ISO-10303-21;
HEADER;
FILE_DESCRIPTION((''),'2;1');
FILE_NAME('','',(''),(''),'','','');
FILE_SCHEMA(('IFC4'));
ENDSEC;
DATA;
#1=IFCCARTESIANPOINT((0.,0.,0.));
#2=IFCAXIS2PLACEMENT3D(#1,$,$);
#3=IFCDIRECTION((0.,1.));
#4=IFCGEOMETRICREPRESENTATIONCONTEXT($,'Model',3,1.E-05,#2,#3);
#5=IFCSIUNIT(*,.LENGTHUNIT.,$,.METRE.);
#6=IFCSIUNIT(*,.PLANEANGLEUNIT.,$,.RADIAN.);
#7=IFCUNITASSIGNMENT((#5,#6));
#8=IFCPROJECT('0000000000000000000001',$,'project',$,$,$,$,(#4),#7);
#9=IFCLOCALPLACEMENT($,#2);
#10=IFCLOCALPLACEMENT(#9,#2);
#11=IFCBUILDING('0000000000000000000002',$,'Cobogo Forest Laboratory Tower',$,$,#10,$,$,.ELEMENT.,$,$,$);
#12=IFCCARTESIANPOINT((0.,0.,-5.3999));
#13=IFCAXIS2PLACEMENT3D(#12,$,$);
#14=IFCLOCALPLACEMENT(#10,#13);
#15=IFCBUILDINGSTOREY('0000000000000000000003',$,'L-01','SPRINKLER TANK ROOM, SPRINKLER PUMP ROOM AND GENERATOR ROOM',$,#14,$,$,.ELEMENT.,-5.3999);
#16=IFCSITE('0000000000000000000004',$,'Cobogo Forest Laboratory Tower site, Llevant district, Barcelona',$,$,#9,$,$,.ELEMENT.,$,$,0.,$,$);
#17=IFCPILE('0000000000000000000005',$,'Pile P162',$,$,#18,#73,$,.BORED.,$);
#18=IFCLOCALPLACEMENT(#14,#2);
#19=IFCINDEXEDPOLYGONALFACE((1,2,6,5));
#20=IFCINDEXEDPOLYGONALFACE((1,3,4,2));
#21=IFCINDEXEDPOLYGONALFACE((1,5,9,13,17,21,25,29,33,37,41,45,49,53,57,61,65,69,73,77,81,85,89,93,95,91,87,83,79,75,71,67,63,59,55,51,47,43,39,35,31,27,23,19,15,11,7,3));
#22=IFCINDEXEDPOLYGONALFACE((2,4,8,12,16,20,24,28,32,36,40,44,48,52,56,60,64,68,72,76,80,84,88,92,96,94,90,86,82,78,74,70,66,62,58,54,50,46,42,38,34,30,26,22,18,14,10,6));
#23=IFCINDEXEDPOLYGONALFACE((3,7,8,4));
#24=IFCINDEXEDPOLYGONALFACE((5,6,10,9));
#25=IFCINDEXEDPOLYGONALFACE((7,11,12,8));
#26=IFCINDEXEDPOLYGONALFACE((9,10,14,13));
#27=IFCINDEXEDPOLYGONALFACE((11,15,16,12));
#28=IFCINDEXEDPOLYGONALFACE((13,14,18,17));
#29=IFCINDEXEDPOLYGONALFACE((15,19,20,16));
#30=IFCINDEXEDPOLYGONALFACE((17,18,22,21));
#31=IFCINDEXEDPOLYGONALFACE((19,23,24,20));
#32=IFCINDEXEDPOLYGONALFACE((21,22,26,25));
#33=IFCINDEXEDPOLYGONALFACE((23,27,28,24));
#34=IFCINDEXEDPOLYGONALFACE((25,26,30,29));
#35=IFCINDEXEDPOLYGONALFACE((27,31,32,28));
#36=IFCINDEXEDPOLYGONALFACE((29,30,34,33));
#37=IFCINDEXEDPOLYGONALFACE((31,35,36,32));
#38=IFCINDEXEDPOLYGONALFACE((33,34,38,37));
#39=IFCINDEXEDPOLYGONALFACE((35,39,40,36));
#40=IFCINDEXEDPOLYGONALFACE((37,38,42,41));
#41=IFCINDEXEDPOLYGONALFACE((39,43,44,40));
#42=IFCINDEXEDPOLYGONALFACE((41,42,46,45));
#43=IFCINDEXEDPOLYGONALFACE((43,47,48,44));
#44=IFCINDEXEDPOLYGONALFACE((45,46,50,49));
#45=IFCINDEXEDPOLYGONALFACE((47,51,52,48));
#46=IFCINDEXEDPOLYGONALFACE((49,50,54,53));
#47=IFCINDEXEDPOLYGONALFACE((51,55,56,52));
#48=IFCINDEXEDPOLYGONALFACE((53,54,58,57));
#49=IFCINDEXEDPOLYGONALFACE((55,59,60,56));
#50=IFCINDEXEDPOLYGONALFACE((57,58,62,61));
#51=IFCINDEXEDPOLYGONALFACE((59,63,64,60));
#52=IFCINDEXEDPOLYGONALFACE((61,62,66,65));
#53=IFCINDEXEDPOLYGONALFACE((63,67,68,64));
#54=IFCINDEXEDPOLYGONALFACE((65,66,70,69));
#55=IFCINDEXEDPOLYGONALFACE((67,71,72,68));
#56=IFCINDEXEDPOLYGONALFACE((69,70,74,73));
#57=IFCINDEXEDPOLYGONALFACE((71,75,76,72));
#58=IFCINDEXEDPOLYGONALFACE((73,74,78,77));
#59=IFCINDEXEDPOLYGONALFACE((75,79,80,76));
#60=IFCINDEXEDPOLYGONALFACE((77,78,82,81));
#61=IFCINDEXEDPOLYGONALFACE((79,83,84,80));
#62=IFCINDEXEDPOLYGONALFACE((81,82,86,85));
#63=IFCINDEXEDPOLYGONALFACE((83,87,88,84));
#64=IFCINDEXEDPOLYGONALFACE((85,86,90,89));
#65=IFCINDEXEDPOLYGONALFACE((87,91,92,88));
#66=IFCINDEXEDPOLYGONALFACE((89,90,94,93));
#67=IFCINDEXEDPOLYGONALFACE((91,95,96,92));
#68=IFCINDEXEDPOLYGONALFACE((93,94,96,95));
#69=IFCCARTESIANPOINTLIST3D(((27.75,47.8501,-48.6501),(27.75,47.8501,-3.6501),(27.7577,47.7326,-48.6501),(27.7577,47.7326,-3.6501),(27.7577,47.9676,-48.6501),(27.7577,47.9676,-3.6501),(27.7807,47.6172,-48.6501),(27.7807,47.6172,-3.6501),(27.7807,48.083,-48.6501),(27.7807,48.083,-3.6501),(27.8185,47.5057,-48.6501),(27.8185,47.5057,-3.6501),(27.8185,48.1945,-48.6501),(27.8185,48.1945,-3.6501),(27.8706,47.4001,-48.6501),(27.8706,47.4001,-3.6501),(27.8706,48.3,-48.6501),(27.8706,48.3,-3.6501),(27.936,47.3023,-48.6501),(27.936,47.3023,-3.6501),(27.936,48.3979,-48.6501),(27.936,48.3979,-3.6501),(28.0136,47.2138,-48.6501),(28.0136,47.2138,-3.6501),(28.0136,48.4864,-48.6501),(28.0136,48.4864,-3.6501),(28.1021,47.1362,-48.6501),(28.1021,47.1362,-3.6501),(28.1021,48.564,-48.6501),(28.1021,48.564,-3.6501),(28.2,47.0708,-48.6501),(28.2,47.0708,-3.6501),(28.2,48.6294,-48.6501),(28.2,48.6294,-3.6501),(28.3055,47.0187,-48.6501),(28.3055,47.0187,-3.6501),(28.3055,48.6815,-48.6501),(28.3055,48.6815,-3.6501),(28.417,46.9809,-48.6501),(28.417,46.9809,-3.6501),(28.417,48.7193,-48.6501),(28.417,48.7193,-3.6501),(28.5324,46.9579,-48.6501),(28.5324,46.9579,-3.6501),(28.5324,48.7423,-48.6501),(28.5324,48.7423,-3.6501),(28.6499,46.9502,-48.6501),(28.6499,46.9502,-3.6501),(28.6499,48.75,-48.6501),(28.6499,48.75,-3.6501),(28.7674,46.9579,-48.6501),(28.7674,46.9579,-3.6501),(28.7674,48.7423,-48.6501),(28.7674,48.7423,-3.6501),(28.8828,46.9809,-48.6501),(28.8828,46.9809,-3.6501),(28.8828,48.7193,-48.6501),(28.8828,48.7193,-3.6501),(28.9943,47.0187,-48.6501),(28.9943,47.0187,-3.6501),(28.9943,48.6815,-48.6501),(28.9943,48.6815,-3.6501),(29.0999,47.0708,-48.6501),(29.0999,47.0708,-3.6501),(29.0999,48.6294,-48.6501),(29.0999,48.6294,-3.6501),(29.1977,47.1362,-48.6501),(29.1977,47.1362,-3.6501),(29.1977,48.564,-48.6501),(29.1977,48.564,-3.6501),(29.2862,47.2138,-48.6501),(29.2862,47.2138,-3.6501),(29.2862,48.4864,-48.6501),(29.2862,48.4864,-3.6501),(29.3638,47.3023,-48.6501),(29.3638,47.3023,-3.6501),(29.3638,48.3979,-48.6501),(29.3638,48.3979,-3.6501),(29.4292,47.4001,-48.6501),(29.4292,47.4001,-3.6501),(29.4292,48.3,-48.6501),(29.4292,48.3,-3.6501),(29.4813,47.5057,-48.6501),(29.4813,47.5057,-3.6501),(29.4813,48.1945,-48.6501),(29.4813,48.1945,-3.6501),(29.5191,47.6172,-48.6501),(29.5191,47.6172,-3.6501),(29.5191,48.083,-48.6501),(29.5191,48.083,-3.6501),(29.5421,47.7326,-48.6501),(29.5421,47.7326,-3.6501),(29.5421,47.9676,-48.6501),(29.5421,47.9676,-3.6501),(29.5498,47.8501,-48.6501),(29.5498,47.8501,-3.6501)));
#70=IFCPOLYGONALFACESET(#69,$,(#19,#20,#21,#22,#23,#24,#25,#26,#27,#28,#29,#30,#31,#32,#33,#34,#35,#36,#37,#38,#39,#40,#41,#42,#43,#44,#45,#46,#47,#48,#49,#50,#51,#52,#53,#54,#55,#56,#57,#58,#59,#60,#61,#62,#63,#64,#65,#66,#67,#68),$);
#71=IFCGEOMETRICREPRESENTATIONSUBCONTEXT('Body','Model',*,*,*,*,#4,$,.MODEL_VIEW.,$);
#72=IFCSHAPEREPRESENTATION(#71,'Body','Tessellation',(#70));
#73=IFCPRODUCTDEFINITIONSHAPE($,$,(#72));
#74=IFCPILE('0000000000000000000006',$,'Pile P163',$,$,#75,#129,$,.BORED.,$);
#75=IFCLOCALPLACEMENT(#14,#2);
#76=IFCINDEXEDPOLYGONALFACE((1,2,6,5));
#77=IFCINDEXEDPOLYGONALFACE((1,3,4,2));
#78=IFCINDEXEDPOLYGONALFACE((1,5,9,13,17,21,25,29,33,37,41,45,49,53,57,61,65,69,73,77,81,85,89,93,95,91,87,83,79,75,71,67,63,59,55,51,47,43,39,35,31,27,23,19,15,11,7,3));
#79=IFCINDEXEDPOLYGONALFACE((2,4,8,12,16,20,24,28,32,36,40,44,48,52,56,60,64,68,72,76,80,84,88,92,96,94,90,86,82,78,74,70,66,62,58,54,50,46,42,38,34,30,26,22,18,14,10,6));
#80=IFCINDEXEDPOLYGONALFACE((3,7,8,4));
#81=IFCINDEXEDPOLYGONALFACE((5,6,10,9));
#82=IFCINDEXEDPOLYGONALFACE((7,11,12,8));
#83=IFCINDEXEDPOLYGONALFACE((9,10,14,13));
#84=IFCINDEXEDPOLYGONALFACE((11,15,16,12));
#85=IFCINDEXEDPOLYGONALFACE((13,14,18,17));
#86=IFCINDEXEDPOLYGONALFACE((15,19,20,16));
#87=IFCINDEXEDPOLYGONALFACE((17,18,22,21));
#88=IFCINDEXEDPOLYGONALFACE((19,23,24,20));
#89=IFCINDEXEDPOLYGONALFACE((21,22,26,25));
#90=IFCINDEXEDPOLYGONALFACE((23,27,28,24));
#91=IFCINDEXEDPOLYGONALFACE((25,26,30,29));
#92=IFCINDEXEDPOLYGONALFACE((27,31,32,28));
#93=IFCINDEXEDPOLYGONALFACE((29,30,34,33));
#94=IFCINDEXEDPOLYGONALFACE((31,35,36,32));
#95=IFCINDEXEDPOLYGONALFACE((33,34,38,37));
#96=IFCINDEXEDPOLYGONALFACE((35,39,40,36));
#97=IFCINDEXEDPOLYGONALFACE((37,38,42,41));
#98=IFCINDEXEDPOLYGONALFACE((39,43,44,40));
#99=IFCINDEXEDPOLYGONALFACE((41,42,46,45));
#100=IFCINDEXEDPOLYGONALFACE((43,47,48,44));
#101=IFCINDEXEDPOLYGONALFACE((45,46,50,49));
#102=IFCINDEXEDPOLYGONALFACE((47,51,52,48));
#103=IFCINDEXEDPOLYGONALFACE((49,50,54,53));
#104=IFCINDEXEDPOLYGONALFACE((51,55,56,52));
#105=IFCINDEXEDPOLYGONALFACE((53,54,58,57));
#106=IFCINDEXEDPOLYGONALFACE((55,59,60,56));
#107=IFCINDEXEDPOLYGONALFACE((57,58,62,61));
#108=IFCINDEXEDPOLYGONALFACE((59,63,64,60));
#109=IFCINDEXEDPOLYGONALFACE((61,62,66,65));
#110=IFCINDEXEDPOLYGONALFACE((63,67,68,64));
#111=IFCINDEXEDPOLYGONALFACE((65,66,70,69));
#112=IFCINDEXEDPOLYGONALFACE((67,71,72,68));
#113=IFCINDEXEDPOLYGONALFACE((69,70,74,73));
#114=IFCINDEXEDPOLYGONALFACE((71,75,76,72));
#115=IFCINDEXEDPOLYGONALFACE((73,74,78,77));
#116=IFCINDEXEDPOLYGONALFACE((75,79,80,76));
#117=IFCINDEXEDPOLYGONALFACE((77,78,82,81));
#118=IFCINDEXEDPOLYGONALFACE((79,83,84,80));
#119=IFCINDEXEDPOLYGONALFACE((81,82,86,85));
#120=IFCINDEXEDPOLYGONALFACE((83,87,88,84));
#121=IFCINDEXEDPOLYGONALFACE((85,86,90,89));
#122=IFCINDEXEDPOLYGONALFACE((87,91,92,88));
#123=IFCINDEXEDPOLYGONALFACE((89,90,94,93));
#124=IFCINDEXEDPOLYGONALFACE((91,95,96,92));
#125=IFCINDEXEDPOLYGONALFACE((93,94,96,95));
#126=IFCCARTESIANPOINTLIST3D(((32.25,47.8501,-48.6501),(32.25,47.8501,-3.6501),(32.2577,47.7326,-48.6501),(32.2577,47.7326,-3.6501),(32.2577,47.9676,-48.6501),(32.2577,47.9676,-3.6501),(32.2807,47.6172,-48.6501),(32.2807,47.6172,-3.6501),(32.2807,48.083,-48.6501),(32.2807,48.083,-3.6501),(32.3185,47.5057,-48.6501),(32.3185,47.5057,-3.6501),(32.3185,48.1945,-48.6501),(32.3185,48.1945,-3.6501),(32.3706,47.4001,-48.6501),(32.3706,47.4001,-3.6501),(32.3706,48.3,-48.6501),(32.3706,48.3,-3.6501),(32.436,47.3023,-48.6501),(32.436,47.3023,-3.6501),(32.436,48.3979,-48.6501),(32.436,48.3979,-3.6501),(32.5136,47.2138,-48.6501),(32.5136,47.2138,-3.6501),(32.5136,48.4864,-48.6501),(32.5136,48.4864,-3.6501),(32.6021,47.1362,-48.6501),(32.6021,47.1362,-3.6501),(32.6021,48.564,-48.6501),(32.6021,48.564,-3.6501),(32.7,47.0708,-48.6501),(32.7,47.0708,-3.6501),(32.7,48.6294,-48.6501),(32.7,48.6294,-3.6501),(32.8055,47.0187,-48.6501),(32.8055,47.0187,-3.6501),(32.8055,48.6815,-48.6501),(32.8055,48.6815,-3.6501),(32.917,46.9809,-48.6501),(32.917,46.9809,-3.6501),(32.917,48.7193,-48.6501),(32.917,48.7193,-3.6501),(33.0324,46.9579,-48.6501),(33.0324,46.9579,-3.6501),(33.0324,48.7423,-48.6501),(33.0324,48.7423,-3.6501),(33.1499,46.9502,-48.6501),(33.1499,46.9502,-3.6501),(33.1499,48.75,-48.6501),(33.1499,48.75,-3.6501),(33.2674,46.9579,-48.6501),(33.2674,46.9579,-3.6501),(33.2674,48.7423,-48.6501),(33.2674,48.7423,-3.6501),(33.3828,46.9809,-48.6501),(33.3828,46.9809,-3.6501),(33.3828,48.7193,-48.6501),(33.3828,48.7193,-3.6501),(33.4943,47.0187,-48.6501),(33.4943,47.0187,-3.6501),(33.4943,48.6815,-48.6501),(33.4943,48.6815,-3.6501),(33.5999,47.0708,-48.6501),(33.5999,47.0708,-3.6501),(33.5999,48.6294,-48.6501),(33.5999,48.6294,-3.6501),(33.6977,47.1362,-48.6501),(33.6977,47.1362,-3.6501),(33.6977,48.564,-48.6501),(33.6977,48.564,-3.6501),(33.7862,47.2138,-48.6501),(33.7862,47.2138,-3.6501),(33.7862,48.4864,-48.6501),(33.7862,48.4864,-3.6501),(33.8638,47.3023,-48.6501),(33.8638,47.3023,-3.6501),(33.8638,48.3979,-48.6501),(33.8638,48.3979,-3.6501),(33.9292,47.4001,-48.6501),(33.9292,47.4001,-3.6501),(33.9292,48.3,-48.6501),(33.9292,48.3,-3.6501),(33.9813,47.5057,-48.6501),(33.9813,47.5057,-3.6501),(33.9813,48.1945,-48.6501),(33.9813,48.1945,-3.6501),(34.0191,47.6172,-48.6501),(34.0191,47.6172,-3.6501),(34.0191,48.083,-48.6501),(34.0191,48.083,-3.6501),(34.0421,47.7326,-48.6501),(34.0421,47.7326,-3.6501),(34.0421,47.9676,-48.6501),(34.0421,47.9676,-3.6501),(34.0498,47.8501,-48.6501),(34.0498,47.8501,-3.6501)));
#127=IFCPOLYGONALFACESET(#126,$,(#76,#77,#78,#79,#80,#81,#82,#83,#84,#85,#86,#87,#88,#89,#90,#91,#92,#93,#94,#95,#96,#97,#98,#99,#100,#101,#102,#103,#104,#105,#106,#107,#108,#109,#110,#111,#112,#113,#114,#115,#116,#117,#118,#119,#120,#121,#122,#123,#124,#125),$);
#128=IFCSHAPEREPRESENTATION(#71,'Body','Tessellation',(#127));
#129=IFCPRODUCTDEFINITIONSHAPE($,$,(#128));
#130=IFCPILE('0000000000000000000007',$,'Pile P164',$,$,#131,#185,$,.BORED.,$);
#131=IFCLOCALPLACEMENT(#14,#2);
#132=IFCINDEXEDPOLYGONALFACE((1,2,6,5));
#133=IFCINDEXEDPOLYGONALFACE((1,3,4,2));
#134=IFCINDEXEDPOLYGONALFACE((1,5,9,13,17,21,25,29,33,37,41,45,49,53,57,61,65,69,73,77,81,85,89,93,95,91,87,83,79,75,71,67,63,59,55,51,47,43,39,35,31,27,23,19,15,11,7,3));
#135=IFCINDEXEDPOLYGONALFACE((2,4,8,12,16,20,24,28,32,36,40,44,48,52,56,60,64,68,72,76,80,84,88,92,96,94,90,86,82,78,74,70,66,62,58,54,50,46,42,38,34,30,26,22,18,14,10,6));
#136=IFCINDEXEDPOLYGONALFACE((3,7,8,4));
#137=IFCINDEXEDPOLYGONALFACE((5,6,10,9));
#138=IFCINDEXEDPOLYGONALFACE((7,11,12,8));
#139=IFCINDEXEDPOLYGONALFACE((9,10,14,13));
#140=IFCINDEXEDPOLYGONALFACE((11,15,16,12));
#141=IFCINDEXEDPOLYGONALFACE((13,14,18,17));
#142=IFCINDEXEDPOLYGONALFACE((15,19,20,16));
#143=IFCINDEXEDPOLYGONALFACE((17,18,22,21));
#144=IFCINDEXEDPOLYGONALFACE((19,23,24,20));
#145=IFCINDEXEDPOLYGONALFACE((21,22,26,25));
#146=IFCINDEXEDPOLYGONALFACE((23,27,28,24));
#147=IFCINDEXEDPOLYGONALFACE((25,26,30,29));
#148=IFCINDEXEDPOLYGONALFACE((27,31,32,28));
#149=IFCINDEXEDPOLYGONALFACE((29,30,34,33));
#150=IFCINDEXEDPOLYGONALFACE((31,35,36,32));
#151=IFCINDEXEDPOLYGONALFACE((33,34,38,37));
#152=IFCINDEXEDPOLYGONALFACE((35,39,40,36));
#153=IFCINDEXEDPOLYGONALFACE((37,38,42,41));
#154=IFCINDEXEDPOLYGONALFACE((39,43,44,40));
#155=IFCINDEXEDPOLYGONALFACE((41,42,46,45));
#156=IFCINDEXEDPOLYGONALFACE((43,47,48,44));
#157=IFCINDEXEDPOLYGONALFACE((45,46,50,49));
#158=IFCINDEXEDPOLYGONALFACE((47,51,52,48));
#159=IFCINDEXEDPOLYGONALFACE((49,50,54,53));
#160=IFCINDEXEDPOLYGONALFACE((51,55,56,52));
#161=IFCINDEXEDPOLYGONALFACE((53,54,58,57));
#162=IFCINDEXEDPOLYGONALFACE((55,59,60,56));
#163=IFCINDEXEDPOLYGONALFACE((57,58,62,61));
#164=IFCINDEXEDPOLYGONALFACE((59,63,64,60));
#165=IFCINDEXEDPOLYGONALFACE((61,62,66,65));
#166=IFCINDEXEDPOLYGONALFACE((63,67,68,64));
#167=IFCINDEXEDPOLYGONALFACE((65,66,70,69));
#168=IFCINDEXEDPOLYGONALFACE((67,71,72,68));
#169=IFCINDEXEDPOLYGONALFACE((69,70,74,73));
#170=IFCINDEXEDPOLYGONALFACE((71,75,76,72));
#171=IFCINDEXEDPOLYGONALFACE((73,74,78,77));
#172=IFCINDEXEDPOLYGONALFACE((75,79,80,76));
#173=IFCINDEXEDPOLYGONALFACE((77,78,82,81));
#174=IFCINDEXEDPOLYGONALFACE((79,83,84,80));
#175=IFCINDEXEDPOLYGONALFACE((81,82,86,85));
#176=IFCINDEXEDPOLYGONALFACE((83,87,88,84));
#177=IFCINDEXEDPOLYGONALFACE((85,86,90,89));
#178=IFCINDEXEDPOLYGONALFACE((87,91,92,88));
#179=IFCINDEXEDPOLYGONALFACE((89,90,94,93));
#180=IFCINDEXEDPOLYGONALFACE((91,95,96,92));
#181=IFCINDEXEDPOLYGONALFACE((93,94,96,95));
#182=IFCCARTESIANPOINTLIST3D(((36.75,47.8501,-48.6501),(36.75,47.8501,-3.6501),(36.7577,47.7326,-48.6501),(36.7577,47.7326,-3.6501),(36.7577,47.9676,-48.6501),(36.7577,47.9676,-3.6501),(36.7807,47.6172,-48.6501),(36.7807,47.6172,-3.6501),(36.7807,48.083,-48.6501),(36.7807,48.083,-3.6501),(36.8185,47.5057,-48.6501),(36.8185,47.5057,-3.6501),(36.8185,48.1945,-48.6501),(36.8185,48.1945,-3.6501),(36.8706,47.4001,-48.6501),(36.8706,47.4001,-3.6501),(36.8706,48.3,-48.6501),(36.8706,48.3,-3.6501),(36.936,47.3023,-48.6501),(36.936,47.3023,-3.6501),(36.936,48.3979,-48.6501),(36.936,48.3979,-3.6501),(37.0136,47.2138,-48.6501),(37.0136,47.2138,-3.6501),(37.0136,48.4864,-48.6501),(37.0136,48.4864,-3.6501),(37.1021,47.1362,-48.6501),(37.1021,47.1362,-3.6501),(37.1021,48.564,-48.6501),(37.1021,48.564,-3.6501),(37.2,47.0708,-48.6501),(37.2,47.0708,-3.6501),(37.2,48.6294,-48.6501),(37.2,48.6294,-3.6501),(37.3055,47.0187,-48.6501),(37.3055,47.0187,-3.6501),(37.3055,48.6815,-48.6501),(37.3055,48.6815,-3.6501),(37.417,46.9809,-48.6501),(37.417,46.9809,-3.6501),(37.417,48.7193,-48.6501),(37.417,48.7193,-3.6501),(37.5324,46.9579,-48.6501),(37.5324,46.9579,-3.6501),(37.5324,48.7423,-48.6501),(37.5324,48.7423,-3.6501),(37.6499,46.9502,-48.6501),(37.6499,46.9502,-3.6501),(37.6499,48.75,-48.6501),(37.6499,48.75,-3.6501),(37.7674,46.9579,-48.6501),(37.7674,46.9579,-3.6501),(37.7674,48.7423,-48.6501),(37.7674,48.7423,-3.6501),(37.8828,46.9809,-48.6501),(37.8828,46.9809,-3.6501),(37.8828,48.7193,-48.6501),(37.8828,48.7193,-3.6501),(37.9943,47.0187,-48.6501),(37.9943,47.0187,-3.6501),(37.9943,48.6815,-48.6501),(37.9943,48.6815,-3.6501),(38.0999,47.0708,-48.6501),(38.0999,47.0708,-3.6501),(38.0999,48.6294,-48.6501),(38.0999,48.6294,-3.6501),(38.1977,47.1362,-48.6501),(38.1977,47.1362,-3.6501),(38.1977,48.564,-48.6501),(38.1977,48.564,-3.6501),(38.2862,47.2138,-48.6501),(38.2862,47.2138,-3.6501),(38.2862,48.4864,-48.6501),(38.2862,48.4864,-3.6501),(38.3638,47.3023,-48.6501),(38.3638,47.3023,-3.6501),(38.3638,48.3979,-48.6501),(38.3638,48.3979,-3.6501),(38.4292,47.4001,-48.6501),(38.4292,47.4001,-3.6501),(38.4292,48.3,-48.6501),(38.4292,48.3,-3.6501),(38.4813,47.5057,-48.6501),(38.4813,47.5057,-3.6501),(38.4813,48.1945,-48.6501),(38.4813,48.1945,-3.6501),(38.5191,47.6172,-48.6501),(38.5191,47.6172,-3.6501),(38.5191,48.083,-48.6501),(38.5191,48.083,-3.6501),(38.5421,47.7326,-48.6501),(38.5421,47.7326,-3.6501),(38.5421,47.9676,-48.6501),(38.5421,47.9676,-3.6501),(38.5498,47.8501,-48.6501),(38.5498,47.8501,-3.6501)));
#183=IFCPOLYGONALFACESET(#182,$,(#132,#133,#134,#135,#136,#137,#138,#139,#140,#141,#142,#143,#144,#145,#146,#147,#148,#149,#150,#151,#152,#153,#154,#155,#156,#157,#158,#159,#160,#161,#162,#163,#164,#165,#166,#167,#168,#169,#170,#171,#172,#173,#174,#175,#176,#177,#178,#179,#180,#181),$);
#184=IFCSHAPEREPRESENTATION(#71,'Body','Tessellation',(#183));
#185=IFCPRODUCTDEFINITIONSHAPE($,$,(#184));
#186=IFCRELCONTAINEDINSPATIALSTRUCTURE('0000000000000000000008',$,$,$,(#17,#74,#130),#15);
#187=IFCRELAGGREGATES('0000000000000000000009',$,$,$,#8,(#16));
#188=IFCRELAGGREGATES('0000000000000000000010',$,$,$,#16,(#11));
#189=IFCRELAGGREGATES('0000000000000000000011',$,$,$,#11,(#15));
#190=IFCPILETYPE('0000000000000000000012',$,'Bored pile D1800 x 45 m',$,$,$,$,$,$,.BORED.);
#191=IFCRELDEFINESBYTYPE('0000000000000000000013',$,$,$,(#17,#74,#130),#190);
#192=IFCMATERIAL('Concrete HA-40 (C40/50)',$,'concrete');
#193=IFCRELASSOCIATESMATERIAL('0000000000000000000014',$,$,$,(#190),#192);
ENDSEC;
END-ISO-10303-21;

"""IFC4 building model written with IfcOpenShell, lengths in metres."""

from ifc_helpers import new_model, si_unit, direction, frame, origin, origin_2d, place, context, subcontext, project, spatial, circle, extrude, material, material_profile, profile_set, type_object, element, save


model = new_model("IFC4")

# Units and contexts
model_context = context("Model", 3, precision=1e-05, world=origin(), true_north=direction((0.0, 1.0)))
body_context = subcontext(model_context, "Body", "Model", "MODEL_VIEW")
ifc_project = project(units=[si_unit("LENGTHUNIT", "METRE"), si_unit("PLANEANGLEUNIT", "RADIAN")], contexts=[model_context])

# Site, building, storey
site_placement = place(None, origin())
site = spatial("IfcSite", under=ifc_project, at=site_placement, Name="Cobogo Forest Laboratory Tower site, Llevant district, Barcelona", CompositionType="ELEMENT", RefElevation=0.0)
building_placement = place(site_placement, origin())
building = spatial("IfcBuilding", under=site, at=building_placement, Name="Cobogo Forest Laboratory Tower", CompositionType="ELEMENT")
storey_placement = place(building_placement, frame((0.0, 0.0, -5.3999)))
storey = spatial("IfcBuildingStorey", under=building, at=storey_placement, Name="L-01", Description="SPRINKLER TANK ROOM, SPRINKLER PUMP ROOM AND GENERATOR ROOM", CompositionType="ELEMENT", Elevation=-5.3999)

# Piles
ifc_material_1 = material(Name="Concrete HA-40 (C40/50)", Category="concrete")
ifc_material_profile_1 = material_profile(ifc_material_1, circle(Radius=0.8999, at=origin_2d()), Name="PILE D1800")
ifc_profile_set_1 = profile_set([ifc_material_profile_1], Name="Concrete HA-40 (C40/50)")
pile_type_1 = type_object("IfcPileType", Name="Bored pile D1800 x 45 m", PredefinedType="BORED", material=ifc_profile_set_1)
for number, where, z_axis, x_axis, name in (
    (1, (28.6499, 47.8501, -3.6501), (0.0, 0.0, -1.0), (1.0, 0.0, 0.0), "Pile P162"),
    (2, (33.1499, 47.8501, -3.6501), (0.0, 0.0, -1.0), (1.0, 0.0, 0.0), "Pile P163"),
    (3, (37.6499, 47.8501, -3.6501), (0.0, 0.0, -1.0), (1.0, 0.0, 0.0), "Pile P164"),
):
    element("IfcPile", number, at=place(storey_placement, frame(where, z_axis=z_axis, x_axis=x_axis)), inside=storey, type_object=pile_type_1, Name=name, PredefinedType="BORED", context=body_context, shape_type="SweptSolid", body=[
        extrude(circle(Radius=0.8999, at=origin_2d()), origin(), (0.0, 0.0, 1.0), 45.0),
    ])

save(model, "model.ifc")
